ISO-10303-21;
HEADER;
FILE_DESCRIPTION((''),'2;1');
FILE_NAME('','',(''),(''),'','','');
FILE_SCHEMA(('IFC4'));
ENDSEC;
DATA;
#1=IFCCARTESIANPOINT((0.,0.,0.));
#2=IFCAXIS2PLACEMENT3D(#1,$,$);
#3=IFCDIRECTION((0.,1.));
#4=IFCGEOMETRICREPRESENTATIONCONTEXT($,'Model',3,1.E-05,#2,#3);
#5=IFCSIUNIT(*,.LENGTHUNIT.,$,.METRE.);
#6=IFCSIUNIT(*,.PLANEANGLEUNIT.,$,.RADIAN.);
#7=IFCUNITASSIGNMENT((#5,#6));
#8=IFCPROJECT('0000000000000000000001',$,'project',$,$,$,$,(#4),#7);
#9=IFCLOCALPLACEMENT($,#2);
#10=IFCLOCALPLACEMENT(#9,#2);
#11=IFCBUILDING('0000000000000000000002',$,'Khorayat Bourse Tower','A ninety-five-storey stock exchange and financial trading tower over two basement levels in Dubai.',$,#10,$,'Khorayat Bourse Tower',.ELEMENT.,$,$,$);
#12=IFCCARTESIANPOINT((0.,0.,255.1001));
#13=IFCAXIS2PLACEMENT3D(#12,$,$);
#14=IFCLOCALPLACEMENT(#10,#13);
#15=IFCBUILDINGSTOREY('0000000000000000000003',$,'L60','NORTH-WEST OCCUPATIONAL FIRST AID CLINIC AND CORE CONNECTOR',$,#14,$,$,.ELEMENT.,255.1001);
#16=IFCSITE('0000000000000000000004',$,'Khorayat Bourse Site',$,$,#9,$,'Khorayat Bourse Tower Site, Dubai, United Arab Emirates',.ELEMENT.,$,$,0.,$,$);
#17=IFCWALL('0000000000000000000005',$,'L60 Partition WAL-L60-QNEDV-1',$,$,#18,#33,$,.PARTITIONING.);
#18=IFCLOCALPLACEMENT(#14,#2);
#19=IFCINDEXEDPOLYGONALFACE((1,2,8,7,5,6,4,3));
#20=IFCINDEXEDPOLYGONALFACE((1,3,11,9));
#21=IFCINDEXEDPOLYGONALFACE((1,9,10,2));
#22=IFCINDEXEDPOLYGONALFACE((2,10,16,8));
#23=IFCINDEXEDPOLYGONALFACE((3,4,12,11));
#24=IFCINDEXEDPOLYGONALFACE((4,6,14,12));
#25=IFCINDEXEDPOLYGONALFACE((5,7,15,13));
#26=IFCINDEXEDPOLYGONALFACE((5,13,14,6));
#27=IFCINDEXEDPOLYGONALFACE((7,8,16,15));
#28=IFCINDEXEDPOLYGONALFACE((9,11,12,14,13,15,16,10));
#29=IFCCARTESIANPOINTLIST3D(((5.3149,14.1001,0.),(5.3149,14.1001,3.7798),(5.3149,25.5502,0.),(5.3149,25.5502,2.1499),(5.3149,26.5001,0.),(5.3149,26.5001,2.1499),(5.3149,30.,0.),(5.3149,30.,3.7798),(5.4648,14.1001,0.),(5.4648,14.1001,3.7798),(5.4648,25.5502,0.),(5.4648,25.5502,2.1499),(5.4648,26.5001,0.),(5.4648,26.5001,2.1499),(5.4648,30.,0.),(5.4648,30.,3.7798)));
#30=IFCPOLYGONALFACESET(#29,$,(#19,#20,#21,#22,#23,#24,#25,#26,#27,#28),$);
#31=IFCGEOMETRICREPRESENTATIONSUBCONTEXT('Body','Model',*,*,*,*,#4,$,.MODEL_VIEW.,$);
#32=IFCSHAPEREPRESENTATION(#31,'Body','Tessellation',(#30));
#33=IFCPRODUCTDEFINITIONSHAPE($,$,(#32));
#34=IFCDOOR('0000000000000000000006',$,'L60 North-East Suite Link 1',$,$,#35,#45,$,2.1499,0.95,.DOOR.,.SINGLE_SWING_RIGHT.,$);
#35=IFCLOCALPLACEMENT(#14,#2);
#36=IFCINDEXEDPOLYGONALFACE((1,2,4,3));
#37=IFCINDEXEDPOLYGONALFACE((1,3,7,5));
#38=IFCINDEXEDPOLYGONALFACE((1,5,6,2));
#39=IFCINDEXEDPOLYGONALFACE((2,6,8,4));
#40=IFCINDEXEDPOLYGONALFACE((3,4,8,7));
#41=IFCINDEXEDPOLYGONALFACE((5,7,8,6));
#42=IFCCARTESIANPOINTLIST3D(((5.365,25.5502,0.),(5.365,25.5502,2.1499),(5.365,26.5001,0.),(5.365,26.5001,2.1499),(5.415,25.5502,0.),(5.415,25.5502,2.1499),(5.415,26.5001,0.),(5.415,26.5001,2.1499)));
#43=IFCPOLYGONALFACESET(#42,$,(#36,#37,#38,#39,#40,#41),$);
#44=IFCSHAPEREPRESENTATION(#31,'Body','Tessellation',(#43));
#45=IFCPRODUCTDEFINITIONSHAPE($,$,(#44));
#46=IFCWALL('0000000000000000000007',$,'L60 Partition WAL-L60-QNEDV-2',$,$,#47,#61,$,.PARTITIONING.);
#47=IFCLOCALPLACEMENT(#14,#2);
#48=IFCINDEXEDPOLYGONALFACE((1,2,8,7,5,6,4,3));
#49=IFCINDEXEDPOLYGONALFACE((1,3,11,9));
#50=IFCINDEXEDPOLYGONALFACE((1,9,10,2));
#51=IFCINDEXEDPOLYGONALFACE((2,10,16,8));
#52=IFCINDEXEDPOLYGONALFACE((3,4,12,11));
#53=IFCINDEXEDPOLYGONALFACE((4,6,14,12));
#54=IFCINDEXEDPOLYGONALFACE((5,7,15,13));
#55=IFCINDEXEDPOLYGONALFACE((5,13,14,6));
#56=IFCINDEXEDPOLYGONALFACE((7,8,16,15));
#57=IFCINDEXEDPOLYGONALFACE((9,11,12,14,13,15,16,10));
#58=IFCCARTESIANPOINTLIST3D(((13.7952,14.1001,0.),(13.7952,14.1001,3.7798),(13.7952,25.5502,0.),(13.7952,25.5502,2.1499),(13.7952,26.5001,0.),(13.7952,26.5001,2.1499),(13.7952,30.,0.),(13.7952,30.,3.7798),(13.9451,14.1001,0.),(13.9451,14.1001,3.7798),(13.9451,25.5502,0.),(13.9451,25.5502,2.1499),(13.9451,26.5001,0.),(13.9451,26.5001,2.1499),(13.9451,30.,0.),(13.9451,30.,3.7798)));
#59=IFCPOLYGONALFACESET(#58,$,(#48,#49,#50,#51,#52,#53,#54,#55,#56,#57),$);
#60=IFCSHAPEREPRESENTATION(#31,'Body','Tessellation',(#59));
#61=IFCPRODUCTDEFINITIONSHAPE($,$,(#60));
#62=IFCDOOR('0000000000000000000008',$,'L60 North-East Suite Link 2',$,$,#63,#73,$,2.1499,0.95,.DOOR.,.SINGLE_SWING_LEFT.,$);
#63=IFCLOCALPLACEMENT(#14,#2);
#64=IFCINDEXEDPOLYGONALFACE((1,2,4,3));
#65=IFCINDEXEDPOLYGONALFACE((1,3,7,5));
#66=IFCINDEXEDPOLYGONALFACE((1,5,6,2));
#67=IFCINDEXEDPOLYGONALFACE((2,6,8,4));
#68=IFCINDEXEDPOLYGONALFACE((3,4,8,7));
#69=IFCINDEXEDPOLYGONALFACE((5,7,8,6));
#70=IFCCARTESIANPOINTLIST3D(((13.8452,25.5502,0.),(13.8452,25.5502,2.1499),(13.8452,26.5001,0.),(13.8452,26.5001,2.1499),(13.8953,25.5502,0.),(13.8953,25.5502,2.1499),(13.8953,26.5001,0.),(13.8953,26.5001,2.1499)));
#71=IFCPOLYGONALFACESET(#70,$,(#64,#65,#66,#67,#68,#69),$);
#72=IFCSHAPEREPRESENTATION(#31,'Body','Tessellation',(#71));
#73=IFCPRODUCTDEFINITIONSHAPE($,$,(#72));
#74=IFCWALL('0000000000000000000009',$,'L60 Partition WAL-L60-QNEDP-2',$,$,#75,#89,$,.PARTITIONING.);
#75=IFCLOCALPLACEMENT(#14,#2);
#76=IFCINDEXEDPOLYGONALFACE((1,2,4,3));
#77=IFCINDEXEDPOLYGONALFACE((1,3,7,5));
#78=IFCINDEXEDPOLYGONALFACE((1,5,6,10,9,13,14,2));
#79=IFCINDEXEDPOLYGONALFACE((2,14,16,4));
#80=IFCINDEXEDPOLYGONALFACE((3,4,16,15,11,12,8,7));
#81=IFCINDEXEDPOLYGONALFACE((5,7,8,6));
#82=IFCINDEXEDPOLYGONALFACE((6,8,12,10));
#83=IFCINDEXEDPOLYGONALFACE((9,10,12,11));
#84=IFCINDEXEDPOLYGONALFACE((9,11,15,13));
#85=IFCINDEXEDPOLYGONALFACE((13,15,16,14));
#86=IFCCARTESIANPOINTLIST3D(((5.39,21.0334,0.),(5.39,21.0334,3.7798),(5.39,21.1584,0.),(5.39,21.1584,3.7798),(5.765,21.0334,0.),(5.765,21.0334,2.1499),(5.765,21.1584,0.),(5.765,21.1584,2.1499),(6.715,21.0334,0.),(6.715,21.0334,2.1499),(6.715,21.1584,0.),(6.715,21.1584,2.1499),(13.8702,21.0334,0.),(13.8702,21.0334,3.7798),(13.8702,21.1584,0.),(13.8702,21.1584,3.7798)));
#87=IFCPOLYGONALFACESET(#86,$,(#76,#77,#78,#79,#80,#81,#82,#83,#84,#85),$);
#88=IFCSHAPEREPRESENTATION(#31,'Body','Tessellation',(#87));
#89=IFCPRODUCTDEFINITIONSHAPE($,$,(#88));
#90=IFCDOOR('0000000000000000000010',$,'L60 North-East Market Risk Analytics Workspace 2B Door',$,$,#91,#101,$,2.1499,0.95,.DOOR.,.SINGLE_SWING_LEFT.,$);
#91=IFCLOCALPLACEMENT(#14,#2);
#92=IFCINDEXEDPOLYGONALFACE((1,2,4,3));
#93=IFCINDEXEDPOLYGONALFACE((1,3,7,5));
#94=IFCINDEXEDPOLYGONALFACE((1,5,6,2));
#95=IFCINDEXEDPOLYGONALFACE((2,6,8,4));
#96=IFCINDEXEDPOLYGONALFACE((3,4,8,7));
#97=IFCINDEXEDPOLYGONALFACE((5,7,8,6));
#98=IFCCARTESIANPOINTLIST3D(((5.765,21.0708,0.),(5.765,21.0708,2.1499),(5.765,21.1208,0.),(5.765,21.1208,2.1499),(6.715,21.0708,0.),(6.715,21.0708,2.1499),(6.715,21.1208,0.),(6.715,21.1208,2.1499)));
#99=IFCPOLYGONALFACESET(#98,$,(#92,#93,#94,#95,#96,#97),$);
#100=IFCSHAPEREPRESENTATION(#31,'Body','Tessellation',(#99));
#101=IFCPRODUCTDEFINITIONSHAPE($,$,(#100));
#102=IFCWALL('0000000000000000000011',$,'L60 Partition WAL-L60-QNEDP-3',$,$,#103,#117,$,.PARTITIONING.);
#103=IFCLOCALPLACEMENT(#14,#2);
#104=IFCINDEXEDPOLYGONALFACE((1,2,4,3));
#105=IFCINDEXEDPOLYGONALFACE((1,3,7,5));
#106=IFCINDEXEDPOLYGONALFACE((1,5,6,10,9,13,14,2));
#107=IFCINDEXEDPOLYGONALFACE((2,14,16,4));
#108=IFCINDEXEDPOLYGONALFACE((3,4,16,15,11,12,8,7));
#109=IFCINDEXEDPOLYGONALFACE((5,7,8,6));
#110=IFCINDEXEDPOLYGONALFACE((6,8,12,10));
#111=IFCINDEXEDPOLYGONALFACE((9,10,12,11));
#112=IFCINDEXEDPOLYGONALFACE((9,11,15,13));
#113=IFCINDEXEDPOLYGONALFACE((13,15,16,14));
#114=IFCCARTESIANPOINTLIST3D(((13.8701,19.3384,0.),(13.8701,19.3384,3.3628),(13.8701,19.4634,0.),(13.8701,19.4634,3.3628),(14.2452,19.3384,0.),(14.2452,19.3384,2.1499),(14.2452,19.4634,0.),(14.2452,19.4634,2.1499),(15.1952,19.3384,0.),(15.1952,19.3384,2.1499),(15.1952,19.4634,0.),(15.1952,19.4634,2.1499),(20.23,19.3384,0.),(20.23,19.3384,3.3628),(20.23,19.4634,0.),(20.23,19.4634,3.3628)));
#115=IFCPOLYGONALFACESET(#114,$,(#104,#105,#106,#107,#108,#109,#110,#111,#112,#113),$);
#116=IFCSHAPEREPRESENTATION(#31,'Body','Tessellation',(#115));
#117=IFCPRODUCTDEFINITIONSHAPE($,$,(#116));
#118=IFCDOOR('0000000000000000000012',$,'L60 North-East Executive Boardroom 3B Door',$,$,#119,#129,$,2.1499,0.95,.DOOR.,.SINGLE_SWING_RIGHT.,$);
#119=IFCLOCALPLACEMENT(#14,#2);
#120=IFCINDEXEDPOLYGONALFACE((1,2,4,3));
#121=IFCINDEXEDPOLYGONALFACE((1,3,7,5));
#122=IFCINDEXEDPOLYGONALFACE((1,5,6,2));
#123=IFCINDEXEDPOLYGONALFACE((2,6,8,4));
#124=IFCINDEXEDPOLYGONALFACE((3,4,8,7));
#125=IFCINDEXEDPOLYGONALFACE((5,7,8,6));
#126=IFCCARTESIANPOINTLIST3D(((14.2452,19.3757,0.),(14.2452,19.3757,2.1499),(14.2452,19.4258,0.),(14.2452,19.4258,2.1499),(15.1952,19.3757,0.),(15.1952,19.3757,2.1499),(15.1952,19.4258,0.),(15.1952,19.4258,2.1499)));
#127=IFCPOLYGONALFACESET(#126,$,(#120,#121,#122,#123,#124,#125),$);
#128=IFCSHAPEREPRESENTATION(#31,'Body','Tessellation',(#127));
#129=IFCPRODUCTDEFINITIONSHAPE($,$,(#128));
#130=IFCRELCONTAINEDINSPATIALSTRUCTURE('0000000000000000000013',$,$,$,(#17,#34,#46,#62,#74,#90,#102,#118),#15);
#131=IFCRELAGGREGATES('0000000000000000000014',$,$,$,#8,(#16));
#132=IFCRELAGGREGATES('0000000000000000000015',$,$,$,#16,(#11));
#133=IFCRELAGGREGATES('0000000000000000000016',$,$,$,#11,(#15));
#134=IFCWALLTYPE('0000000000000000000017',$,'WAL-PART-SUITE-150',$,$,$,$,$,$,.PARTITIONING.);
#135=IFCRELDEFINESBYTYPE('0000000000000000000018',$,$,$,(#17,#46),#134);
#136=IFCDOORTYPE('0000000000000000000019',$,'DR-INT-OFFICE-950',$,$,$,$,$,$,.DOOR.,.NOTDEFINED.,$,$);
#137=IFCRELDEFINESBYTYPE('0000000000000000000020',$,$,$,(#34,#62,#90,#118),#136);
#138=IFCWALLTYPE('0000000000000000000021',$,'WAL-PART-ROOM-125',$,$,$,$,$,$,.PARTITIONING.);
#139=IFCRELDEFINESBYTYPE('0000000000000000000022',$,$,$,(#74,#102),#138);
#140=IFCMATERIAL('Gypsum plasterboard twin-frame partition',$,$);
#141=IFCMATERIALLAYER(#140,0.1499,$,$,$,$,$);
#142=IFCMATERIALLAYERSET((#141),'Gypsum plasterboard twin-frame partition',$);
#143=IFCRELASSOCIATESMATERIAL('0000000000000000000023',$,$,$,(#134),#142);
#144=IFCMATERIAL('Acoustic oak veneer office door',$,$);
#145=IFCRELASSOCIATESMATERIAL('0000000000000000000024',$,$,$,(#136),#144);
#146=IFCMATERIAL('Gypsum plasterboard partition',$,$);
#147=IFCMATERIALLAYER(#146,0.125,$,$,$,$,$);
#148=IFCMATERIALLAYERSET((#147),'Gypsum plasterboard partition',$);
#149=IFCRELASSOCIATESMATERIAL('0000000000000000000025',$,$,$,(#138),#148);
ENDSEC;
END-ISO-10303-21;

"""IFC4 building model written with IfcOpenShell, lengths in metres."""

from ifc_helpers import new_model, si_unit, direction, frame, frame_2d, origin, place, context, subcontext, project, spatial, rectangle, extrude, source, transform, mapped, material, layer, layer_set, type_object, element, fill, save


model = new_model("IFC4")

# Units and contexts
model_context = context("Model", 3, precision=1e-05, world=origin(), true_north=direction((0.0, 1.0)))
body_context = subcontext(model_context, "Body", "Model", "MODEL_VIEW")
ifc_project = project(units=[si_unit("LENGTHUNIT", "METRE"), si_unit("PLANEANGLEUNIT", "RADIAN")], contexts=[model_context])

# Site, building, storey
site_placement = place(None, origin())
site = spatial("IfcSite", under=ifc_project, at=site_placement, Name="Khorayat Bourse Site", LongName="Khorayat Bourse Tower Site, Dubai, United Arab Emirates", CompositionType="ELEMENT", RefElevation=0.0)
building_placement = place(site_placement, origin())
building = spatial("IfcBuilding", under=site, at=building_placement, Name="Khorayat Bourse Tower", Description="A ninety-five-storey stock exchange and financial trading tower over two basement levels in Dubai.", LongName="Khorayat Bourse Tower", CompositionType="ELEMENT")
storey_placement = place(building_placement, frame((0.0, 0.0, 255.1001)))
storey = spatial("IfcBuildingStorey", under=building, at=storey_placement, Name="L60", Description="NORTH-WEST OCCUPATIONAL FIRST AID CLINIC AND CORE CONNECTOR", CompositionType="ELEMENT", Elevation=255.1001)

# Walls, openings, doors
ifc_material_1 = material(Name="Gypsum plasterboard twin-frame partition")
ifc_layer_1 = layer(ifc_material_1, 0.1499)
ifc_layer_set_1 = layer_set([ifc_layer_1], Name="Gypsum plasterboard twin-frame partition")
wall_type_1 = type_object("IfcWallType", Name="WAL-PART-SUITE-150", PredefinedType="PARTITIONING", material=ifc_layer_set_1)
shared_shape_1 = source(origin(), body_context, "Body", "SweptSolid", [
    extrude(rectangle(XDim=15.8999, YDim=0.1499, at=frame_2d((7.95, 0.0))), origin(), (0.0, 0.0, 1.0), 3.7798),
])
wall_1_placement = place(storey_placement, frame((5.3899, 14.1001, 0.0), z_axis=(0.0, 0.0, 1.0), x_axis=(0.0, 1.0, 0.0)))
wall_1 = element("IfcWall", 1, at=wall_1_placement, inside=storey, type_object=wall_type_1, Name="L60 Partition WAL-L60-QNEDV-1", PredefinedType="PARTITIONING", context=body_context, shape_type="MappedRepresentation", body=[
    mapped(shared_shape_1, transform((0.0, 0.0, 0.0), scale=1.0)),
])
shared_shape_2 = source(origin(), body_context, "Body", "SweptSolid", [
    extrude(rectangle(XDim=0.95, YDim=2.1499, at=frame_2d((0.4751, 1.075))), frame((0.0, 0.085, 0.0), z_axis=(0.0, -1.0, 0.0), x_axis=(1.0, 0.0, 0.0)), (0.0, 0.0, 1.0), 0.1699),
])
opening_1_placement = place(wall_1_placement, frame((11.45, 0.0, 0.0)))
opening_1 = element("IfcOpeningElement", 2, at=opening_1_placement, cuts=wall_1, PredefinedType="OPENING", context=body_context, shape_type="MappedRepresentation", body=[
    mapped(shared_shape_2, transform((0.0, 0.0, 0.0), scale=1.0)),
])
ifc_material_2 = material(Name="Acoustic oak veneer office door")
door_type = type_object("IfcDoorType", Name="DR-INT-OFFICE-950", OperationType="NOTDEFINED", PredefinedType="DOOR", material=ifc_material_2)
shared_shape_3 = source(origin(), body_context, "Body", "SweptSolid", [
    extrude(rectangle(XDim=0.95, YDim=2.1499, at=frame_2d((0.4751, 1.075))), frame((0.0, 0.0249, 0.0), z_axis=(0.0, -1.0, 0.0), x_axis=(1.0, 0.0, 0.0)), (0.0, 0.0, 1.0), 0.05),
])
door_1_placement = place(opening_1_placement, origin())
door_1 = element("IfcDoor", 3, at=door_1_placement, inside=storey, type_object=door_type, Name="L60 North-East Suite Link 1", OperationType="SINGLE_SWING_RIGHT", OverallHeight=2.1499, OverallWidth=0.95, PredefinedType="DOOR", context=body_context, shape_type="MappedRepresentation", body=[
    mapped(shared_shape_3, transform((0.0, 0.0, 0.0), scale=1.0)),
])
fill(opening_1, door_1)
wall_2_placement = place(storey_placement, frame((13.8701, 14.1001, 0.0), z_axis=(0.0, 0.0, 1.0), x_axis=(0.0, 1.0, 0.0)))
wall_2 = element("IfcWall", 4, at=wall_2_placement, inside=storey, type_object=wall_type_1, Name="L60 Partition WAL-L60-QNEDV-2", PredefinedType="PARTITIONING", context=body_context, shape_type="MappedRepresentation", body=[
    mapped(shared_shape_1, transform((0.0, 0.0, 0.0), scale=1.0)),
])
opening_2_placement = place(wall_2_placement, frame((11.45, 0.0, 0.0)))
opening_2 = element("IfcOpeningElement", 5, at=opening_2_placement, cuts=wall_2, PredefinedType="OPENING", context=body_context, shape_type="MappedRepresentation", body=[
    mapped(shared_shape_2, transform((0.0, 0.0, 0.0), scale=1.0)),
])
door_2_placement = place(opening_2_placement, origin())
door_2 = element("IfcDoor", 6, at=door_2_placement, inside=storey, type_object=door_type, Name="L60 North-East Suite Link 2", OperationType="SINGLE_SWING_LEFT", OverallHeight=2.1499, OverallWidth=0.95, PredefinedType="DOOR", context=body_context, shape_type="MappedRepresentation", body=[
    mapped(shared_shape_3, transform((0.0, 0.0, 0.0), scale=1.0)),
])
fill(opening_2, door_2)
ifc_material_3 = material(Name="Gypsum plasterboard partition")
ifc_layer_2 = layer(ifc_material_3, 0.125)
ifc_layer_set_2 = layer_set([ifc_layer_2], Name="Gypsum plasterboard partition")
wall_type_2 = type_object("IfcWallType", Name="WAL-PART-ROOM-125", PredefinedType="PARTITIONING", material=ifc_layer_set_2)
shared_shape_4 = source(origin(), body_context, "Body", "SweptSolid", [
    extrude(rectangle(XDim=8.4802, YDim=0.125, at=frame_2d((4.2402, 0.0))), origin(), (0.0, 0.0, 1.0), 3.7798),
])
wall_3_placement = place(storey_placement, frame((5.3899, 21.0959, 0.0), z_axis=(0.0, 0.0, 1.0), x_axis=(1.0, 0.0, 0.0)))
wall_3 = element("IfcWall", 7, at=wall_3_placement, inside=storey, type_object=wall_type_2, Name="L60 Partition WAL-L60-QNEDP-2", PredefinedType="PARTITIONING", context=body_context, shape_type="MappedRepresentation", body=[
    mapped(shared_shape_4, transform((0.0, 0.0, 0.0), scale=1.0)),
])
shared_shape_5 = source(origin(), body_context, "Body", "SweptSolid", [
    extrude(rectangle(XDim=0.95, YDim=2.1499, at=frame_2d((0.4751, 1.075))), frame((0.0, 0.0725, 0.0), z_axis=(0.0, -1.0, 0.0), x_axis=(1.0, 0.0, 0.0)), (0.0, 0.0, 1.0), 0.145),
])
opening_3_placement = place(wall_3_placement, frame((0.375, 0.0, 0.0)))
opening_3 = element("IfcOpeningElement", 8, at=opening_3_placement, cuts=wall_3, PredefinedType="OPENING", context=body_context, shape_type="MappedRepresentation", body=[
    mapped(shared_shape_5, transform((0.0, 0.0, 0.0), scale=1.0)),
])
door_3_placement = place(opening_3_placement, origin())
door_3 = element("IfcDoor", 9, at=door_3_placement, inside=storey, type_object=door_type, Name="L60 North-East Market Risk Analytics Workspace 2B Door", OperationType="SINGLE_SWING_LEFT", OverallHeight=2.1499, OverallWidth=0.95, PredefinedType="DOOR", context=body_context, shape_type="MappedRepresentation", body=[
    mapped(shared_shape_3, transform((0.0, 0.0, 0.0), scale=1.0)),
])
fill(opening_3, door_3)
shared_shape_6 = source(origin(), body_context, "Body", "SweptSolid", [
    extrude(rectangle(XDim=6.3599, YDim=0.125, at=frame_2d((3.1799, 0.0))), origin(), (0.0, 0.0, 1.0), 3.3628),
])
wall_4_placement = place(storey_placement, frame((13.8701, 19.4009, 0.0), z_axis=(0.0, 0.0, 1.0), x_axis=(1.0, 0.0, 0.0)))
wall_4 = element("IfcWall", 10, at=wall_4_placement, inside=storey, type_object=wall_type_2, Name="L60 Partition WAL-L60-QNEDP-3", PredefinedType="PARTITIONING", context=body_context, shape_type="MappedRepresentation", body=[
    mapped(shared_shape_6, transform((0.0, 0.0, 0.0), scale=1.0)),
])
opening_4_placement = place(wall_4_placement, frame((0.375, 0.0, 0.0)))
opening_4 = element("IfcOpeningElement", 11, at=opening_4_placement, cuts=wall_4, PredefinedType="OPENING", context=body_context, shape_type="MappedRepresentation", body=[
    mapped(shared_shape_5, transform((0.0, 0.0, 0.0), scale=1.0)),
])
door_4_placement = place(opening_4_placement, origin())
door_4 = element("IfcDoor", 12, at=door_4_placement, inside=storey, type_object=door_type, Name="L60 North-East Executive Boardroom 3B Door", OperationType="SINGLE_SWING_RIGHT", OverallHeight=2.1499, OverallWidth=0.95, PredefinedType="DOOR", context=body_context, shape_type="MappedRepresentation", body=[
    mapped(shared_shape_3, transform((0.0, 0.0, 0.0), scale=1.0)),
])
fill(opening_4, door_4)

save(model, "model.ifc")
